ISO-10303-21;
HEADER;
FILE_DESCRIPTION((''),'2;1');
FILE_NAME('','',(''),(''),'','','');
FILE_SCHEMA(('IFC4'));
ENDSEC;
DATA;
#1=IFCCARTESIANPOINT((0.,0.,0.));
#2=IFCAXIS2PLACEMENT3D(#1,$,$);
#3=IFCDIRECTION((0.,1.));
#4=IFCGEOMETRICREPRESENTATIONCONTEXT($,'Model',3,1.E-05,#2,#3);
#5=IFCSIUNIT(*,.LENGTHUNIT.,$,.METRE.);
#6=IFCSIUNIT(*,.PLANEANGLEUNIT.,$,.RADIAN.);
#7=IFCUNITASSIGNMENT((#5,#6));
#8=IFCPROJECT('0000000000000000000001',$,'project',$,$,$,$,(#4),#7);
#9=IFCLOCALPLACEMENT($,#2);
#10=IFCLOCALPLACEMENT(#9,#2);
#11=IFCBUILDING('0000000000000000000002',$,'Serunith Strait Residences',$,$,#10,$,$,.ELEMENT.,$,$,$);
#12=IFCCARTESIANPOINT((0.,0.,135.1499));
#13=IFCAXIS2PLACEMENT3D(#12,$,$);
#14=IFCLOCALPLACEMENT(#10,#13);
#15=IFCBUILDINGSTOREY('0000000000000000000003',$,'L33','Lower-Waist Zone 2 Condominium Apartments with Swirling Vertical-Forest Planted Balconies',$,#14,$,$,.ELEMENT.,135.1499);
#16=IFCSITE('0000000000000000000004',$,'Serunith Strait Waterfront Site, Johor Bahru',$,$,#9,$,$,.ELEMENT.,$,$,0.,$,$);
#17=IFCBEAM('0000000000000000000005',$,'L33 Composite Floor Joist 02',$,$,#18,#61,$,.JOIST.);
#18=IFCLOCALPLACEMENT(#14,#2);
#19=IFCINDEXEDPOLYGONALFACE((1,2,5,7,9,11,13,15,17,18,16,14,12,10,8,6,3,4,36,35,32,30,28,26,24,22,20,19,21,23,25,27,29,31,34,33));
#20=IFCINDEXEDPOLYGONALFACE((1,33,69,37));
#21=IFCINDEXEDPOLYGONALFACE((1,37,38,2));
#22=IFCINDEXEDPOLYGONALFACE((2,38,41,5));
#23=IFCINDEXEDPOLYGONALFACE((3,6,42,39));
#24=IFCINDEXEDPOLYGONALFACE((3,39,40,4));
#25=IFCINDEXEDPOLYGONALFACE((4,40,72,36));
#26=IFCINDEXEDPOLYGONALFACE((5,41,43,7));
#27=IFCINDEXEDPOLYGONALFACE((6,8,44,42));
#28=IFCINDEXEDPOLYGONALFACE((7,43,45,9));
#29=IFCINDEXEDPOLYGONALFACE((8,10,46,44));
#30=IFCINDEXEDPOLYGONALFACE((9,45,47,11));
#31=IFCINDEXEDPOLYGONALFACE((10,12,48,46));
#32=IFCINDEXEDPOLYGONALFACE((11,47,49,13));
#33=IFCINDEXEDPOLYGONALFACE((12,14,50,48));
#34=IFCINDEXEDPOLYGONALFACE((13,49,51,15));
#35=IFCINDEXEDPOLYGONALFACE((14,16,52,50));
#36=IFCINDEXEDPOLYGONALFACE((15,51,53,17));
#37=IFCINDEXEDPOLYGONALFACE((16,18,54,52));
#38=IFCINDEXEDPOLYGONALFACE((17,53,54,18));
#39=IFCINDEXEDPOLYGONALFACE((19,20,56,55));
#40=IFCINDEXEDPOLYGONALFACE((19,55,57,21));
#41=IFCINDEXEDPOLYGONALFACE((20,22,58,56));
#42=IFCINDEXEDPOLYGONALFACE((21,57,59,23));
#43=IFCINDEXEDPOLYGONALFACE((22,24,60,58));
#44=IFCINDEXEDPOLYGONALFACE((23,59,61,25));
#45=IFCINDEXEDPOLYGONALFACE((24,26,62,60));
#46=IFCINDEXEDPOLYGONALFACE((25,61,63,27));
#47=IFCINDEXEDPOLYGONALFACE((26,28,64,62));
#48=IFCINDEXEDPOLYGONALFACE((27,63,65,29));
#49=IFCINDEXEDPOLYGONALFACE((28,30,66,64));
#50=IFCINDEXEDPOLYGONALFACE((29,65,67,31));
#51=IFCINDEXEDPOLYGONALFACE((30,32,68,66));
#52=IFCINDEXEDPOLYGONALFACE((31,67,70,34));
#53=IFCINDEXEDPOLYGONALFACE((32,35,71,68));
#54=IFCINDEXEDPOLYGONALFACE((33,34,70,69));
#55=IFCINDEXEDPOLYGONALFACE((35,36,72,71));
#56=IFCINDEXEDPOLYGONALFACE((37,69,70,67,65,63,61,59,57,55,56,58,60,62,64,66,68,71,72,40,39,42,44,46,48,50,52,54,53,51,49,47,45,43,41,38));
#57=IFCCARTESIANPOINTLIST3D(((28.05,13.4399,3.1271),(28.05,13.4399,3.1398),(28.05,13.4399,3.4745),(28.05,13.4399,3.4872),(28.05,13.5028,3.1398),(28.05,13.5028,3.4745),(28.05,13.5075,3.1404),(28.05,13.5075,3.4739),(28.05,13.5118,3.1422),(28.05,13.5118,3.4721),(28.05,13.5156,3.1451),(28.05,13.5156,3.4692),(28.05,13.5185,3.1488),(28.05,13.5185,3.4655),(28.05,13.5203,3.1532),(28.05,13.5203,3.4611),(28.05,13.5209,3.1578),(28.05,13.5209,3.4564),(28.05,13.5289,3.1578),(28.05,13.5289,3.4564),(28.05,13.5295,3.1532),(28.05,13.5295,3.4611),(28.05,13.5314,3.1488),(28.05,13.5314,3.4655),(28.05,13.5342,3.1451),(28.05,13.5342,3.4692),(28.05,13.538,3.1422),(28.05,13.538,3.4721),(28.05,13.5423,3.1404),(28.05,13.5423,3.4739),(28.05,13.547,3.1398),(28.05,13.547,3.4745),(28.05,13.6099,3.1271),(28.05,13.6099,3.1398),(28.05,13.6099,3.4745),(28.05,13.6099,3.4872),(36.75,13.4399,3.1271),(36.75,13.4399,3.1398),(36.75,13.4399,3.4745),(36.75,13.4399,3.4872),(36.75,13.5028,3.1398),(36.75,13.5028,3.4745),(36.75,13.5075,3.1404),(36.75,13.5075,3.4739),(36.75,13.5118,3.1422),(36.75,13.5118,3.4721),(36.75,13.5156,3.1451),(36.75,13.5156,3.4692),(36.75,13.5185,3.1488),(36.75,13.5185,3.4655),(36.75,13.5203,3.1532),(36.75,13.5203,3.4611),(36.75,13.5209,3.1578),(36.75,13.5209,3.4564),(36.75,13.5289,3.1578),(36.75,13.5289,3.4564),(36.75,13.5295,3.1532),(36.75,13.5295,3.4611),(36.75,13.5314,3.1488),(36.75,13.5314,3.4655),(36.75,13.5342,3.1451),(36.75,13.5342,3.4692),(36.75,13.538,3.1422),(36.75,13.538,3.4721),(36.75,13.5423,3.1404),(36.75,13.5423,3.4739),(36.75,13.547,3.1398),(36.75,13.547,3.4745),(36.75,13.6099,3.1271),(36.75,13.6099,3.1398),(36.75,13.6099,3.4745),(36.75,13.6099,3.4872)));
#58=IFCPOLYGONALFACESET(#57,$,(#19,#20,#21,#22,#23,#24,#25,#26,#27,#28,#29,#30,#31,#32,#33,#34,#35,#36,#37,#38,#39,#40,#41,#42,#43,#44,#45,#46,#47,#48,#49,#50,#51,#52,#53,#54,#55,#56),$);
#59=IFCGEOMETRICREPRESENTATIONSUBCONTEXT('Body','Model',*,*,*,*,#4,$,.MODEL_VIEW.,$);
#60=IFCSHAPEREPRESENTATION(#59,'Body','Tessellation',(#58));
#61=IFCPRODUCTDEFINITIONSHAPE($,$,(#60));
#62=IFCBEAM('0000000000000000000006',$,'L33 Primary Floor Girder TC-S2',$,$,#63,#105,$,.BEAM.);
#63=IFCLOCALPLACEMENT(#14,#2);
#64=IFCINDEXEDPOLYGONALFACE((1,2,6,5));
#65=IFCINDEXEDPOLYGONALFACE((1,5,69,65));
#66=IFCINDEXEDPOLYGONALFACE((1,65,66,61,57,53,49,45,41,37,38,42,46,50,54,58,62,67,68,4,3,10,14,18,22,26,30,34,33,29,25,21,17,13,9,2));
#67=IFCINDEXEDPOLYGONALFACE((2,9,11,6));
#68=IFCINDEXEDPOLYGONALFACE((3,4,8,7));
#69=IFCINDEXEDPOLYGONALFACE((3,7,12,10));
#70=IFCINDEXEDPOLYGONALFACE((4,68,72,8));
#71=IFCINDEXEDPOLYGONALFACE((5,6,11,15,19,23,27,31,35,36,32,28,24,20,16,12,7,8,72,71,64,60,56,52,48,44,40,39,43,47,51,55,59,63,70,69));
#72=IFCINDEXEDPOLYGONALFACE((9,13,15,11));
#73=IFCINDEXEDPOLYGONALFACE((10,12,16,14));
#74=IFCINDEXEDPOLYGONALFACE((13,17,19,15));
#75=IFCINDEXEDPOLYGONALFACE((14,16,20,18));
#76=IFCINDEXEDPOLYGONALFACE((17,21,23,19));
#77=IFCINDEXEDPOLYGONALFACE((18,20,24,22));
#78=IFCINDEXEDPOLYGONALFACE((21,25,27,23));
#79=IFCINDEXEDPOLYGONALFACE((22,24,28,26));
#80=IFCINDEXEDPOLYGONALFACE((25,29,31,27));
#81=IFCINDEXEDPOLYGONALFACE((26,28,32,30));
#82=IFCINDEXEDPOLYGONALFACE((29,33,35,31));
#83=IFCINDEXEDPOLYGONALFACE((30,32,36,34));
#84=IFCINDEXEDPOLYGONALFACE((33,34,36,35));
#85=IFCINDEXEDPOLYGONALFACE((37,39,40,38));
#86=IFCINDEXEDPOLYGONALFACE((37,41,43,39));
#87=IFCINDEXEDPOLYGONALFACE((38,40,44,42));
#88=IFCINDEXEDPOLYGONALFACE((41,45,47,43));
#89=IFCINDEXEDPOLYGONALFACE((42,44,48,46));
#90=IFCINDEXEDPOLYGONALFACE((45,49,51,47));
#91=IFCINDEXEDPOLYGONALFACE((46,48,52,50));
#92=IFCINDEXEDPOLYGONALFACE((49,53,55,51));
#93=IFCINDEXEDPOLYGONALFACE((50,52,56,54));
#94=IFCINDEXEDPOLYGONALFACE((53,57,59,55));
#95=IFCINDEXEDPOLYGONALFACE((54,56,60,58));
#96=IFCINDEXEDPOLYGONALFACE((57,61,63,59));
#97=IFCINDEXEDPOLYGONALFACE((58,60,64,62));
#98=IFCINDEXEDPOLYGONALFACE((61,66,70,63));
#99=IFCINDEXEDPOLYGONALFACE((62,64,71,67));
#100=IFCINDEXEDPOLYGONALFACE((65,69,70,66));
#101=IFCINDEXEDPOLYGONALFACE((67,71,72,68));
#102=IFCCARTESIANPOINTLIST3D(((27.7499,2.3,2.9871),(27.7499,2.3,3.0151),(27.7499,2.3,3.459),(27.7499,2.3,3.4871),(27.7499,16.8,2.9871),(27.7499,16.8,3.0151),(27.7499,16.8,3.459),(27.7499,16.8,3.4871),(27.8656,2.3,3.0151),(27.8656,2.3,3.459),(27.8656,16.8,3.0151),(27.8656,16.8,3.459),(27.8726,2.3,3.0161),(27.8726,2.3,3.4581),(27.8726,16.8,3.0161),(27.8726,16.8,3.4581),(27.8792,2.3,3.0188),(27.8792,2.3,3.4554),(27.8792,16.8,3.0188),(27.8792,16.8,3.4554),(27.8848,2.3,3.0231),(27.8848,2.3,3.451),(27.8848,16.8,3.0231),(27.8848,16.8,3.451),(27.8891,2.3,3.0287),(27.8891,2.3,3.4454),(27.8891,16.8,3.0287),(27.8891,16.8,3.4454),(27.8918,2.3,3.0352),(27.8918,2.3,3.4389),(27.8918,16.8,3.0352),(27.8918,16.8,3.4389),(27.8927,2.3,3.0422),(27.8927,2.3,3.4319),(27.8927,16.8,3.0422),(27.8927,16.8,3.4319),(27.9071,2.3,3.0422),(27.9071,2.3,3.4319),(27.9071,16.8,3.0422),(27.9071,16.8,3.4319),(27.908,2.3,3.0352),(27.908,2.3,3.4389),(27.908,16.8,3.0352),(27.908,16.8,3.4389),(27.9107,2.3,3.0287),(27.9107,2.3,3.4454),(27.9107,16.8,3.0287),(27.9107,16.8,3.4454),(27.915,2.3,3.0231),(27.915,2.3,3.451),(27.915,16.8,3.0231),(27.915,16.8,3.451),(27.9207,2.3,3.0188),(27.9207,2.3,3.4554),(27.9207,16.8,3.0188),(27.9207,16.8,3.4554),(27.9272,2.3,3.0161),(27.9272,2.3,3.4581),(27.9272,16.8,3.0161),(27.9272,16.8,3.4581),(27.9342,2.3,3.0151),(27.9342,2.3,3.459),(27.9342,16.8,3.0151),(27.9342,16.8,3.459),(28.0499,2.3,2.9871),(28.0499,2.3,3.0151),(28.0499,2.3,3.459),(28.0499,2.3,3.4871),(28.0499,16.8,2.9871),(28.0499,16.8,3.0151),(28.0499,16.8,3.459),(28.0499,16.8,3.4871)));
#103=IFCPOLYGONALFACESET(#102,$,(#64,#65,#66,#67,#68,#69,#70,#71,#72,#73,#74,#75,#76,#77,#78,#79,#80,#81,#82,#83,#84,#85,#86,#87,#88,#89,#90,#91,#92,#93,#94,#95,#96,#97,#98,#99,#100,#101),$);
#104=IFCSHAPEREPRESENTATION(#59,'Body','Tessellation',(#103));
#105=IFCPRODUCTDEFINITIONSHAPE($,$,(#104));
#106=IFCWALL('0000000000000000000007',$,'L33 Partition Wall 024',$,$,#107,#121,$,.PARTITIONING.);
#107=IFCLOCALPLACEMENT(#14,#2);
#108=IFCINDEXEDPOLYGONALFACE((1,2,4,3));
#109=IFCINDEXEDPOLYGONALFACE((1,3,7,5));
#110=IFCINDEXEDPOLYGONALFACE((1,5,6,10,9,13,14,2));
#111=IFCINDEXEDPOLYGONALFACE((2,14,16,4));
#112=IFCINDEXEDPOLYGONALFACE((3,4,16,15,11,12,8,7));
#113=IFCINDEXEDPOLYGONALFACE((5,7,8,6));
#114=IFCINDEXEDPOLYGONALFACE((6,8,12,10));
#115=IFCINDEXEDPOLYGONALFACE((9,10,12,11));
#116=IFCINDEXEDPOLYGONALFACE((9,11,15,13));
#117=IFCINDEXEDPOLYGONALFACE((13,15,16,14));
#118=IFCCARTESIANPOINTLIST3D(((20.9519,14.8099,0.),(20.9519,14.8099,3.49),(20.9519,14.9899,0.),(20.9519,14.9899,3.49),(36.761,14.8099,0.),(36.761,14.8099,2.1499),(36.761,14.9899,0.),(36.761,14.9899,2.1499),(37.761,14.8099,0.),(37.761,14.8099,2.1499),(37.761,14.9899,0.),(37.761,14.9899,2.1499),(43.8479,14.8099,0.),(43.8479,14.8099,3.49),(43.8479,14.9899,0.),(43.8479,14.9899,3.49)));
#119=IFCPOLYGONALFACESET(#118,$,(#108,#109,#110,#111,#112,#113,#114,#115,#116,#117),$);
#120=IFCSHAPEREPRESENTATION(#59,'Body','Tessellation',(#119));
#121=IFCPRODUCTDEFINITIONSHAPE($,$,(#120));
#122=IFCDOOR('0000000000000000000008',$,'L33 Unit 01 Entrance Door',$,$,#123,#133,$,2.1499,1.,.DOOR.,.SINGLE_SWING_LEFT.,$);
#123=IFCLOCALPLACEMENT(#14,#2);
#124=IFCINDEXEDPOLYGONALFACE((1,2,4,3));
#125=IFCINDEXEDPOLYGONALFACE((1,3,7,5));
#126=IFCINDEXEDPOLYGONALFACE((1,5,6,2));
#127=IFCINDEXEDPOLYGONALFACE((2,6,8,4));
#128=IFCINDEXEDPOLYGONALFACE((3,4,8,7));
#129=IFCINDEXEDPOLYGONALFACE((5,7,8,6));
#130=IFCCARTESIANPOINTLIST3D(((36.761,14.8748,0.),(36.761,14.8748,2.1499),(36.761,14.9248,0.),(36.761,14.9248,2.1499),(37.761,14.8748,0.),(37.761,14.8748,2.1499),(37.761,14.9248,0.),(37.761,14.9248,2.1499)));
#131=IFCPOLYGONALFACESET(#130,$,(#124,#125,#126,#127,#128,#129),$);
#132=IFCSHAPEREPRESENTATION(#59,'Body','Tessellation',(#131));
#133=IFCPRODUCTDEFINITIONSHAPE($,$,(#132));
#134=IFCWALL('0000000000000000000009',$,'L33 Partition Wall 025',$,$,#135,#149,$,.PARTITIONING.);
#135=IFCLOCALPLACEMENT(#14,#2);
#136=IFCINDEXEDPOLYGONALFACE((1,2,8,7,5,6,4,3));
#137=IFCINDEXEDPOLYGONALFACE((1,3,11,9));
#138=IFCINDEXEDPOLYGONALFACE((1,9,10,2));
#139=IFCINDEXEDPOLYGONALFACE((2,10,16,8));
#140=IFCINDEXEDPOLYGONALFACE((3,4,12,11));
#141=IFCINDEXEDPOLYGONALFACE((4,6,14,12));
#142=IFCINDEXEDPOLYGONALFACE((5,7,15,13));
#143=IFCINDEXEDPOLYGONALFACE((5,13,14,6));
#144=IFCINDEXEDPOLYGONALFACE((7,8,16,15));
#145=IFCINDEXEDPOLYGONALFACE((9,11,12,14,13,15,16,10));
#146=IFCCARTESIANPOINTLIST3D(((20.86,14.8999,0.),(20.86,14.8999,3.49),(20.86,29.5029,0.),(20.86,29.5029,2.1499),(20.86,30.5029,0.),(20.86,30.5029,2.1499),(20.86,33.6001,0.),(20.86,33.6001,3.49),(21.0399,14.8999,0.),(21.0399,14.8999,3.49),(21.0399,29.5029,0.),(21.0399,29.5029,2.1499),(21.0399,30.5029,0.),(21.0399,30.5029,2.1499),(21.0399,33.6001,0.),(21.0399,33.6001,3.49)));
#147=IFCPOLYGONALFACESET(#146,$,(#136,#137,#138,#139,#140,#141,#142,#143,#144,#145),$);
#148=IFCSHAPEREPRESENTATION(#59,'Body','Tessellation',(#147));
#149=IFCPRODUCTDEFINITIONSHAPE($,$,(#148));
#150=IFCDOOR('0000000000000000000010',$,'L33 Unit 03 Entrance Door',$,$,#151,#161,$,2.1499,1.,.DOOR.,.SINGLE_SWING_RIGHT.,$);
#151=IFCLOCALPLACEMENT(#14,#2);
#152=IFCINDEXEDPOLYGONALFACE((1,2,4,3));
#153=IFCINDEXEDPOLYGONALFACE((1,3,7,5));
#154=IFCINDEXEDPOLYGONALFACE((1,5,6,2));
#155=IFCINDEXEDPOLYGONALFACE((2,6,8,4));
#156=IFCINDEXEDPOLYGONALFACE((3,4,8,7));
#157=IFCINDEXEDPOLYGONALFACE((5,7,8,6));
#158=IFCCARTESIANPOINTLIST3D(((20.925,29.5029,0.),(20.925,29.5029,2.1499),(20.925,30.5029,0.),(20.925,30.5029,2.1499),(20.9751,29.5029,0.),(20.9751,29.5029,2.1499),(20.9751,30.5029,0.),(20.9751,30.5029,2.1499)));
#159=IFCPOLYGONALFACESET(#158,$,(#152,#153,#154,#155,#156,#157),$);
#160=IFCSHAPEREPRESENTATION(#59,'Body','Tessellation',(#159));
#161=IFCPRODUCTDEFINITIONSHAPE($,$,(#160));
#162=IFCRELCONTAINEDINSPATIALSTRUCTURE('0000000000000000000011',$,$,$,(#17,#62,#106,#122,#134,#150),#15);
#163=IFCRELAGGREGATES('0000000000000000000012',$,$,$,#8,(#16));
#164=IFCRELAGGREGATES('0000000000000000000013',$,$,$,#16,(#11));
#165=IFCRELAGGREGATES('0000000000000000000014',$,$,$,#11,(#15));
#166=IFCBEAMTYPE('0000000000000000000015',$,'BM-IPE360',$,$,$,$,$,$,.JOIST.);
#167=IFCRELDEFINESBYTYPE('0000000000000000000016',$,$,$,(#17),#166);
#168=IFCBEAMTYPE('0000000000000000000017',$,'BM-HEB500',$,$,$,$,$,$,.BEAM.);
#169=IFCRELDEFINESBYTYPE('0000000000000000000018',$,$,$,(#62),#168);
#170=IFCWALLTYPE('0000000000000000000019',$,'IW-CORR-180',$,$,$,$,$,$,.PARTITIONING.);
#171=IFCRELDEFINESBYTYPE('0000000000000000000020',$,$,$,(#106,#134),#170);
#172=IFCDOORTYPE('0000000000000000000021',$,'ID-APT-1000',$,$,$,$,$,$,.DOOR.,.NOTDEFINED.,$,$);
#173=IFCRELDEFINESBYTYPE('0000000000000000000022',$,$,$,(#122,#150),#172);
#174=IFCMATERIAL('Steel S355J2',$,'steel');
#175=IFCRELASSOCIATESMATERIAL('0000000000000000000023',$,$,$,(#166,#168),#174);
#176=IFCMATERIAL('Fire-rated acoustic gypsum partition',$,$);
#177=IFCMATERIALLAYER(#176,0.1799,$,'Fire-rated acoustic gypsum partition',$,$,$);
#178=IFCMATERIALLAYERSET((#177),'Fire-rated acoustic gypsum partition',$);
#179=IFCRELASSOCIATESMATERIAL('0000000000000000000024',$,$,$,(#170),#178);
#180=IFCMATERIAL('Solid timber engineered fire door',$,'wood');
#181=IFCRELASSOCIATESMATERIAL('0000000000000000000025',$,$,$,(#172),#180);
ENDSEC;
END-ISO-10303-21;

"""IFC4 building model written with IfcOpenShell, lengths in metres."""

from ifc_helpers import new_model, si_unit, direction, frame, frame_2d, origin, origin_2d, place, context, subcontext, project, spatial, rectangle, i_section, extrude, source, transform, mapped, material, layer, layer_set, material_profile, profile_set, type_object, element, fill, save


model = new_model("IFC4")

# Units and contexts
model_context = context("Model", 3, precision=1e-05, world=origin(), true_north=direction((0.0, 1.0)))
body_context = subcontext(model_context, "Body", "Model", "MODEL_VIEW")
ifc_project = project(units=[si_unit("LENGTHUNIT", "METRE"), si_unit("PLANEANGLEUNIT", "RADIAN")], contexts=[model_context])

# Site, building, storey
site_placement = place(None, origin())
site = spatial("IfcSite", under=ifc_project, at=site_placement, Name="Serunith Strait Waterfront Site, Johor Bahru", CompositionType="ELEMENT", RefElevation=0.0)
building_placement = place(site_placement, origin())
building = spatial("IfcBuilding", under=site, at=building_placement, Name="Serunith Strait Residences", CompositionType="ELEMENT")
storey_placement = place(building_placement, frame((0.0, 0.0, 135.1499)))
storey = spatial("IfcBuildingStorey", under=building, at=storey_placement, Name="L33", Description="Lower-Waist Zone 2 Condominium Apartments with Swirling Vertical-Forest Planted Balconies", CompositionType="ELEMENT", Elevation=135.1499)

# Beams
ifc_material_1 = material(Name="Steel S355J2", Category="steel")
ifc_material_profile_1 = material_profile(ifc_material_1, i_section(OverallWidth=0.1699, OverallDepth=0.3601, WebThickness=0.0081, FlangeThickness=0.0127, FilletRadius=0.0181, at=origin_2d()), Name="IPE 360")
ifc_profile_set_1 = profile_set([ifc_material_profile_1], Name="Steel S355J2")
beam_type_1 = type_object("IfcBeamType", Name="BM-IPE360", PredefinedType="JOIST", material=ifc_profile_set_1)
shared_shape_1 = source(origin(), body_context, "Body", "SweptSolid", [
    extrude(i_section(OverallWidth=0.1699, OverallDepth=0.3601, WebThickness=0.0081, FlangeThickness=0.0127, FilletRadius=0.0181, at=origin_2d()), origin(), (0.0, 0.0, 1.0), 8.7),
])
beam_1_placement = place(storey_placement, frame((28.05, 13.5249, 3.3071), z_axis=(1.0, 0.0, 0.0), x_axis=(0.0, 1.0, 0.0)))
element("IfcBeam", 1, at=beam_1_placement, inside=storey, type_object=beam_type_1, Name="L33 Composite Floor Joist 02", PredefinedType="JOIST", context=body_context, shape_type="MappedRepresentation", body=[
    mapped(shared_shape_1, transform((0.0, 0.0, 0.0), scale=1.0)),
])
ifc_material_profile_2 = material_profile(ifc_material_1, i_section(OverallWidth=0.3, OverallDepth=0.5, WebThickness=0.0144, FlangeThickness=0.0281, FilletRadius=0.0271, at=origin_2d()), Name="HEB 500")
ifc_profile_set_2 = profile_set([ifc_material_profile_2], Name="Steel S355J2")
beam_type_2 = type_object("IfcBeamType", Name="BM-HEB500", PredefinedType="BEAM", material=ifc_profile_set_2)
shared_shape_2 = source(origin(), body_context, "Body", "SweptSolid", [
    extrude(i_section(OverallWidth=0.3, OverallDepth=0.5, WebThickness=0.0144, FlangeThickness=0.0281, FilletRadius=0.0271, at=origin_2d()), origin(), (0.0, 0.0, 1.0), 14.5),
])
beam_2_placement = place(storey_placement, frame((27.8999, 16.8, 3.2371), z_axis=(0.0, -1.0, 0.0), x_axis=(1.0, 0.0, 0.0)))
element("IfcBeam", 2, at=beam_2_placement, inside=storey, type_object=beam_type_2, Name="L33 Primary Floor Girder TC-S2", PredefinedType="BEAM", context=body_context, shape_type="MappedRepresentation", body=[
    mapped(shared_shape_2, transform((0.0, 0.0, 0.0), scale=1.0)),
])

# Walls, openings, doors
ifc_material_2 = material(Name="Fire-rated acoustic gypsum partition")
ifc_layer_1 = layer(ifc_material_2, 0.1799, Name="Fire-rated acoustic gypsum partition")
ifc_layer_set_1 = layer_set([ifc_layer_1], Name="Fire-rated acoustic gypsum partition")
wall_type_1 = type_object("IfcWallType", Name="IW-CORR-180", PredefinedType="PARTITIONING", material=ifc_layer_set_1)
wall_1_placement = place(storey_placement, frame((20.9519, 14.8999, 0.0), z_axis=(0.0, 0.0, 1.0), x_axis=(1.0, 0.0, 0.0)))
wall_1 = element("IfcWall", 3, at=wall_1_placement, inside=storey, type_object=wall_type_1, Name="L33 Partition Wall 024", PredefinedType="PARTITIONING", context=body_context, shape_type="SweptSolid", body=[
    extrude(rectangle(XDim=22.896, YDim=0.1799, at=frame_2d((11.448, 0.0))), origin(), (0.0, 0.0, 1.0), 3.49),
])
opening_1_placement = place(wall_1_placement, frame((15.8091, 0.0, 0.0)))
opening_1 = element("IfcOpeningElement", 4, at=opening_1_placement, cuts=wall_1, PredefinedType="OPENING", context=body_context, shape_type="SweptSolid", body=[
    extrude(rectangle(XDim=1.0, YDim=2.1499, at=frame_2d((0.5, 1.075))), frame((0.0, 0.1001, 0.0), z_axis=(0.0, -1.0, 0.0), x_axis=(1.0, 0.0, 0.0)), (0.0, 0.0, 1.0), 0.2),
])
ifc_material_3 = material(Name="Solid timber engineered fire door", Category="wood")
door_type_1 = type_object("IfcDoorType", Name="ID-APT-1000", OperationType="NOTDEFINED", PredefinedType="DOOR", material=ifc_material_3)
shared_shape_3 = source(origin(), body_context, "Body", "SweptSolid", [
    extrude(rectangle(XDim=1.0, YDim=2.1499, at=frame_2d((0.5, 1.075))), frame((0.0, 0.0249, 0.0), z_axis=(0.0, -1.0, 0.0), x_axis=(1.0, 0.0, 0.0)), (0.0, 0.0, 1.0), 0.05),
])
door_1_placement = place(opening_1_placement, origin())
door_1 = element("IfcDoor", 5, at=door_1_placement, inside=storey, type_object=door_type_1, Name="L33 Unit 01 Entrance Door", OperationType="SINGLE_SWING_LEFT", OverallHeight=2.1499, OverallWidth=1.0, PredefinedType="DOOR", context=body_context, shape_type="MappedRepresentation", body=[
    mapped(shared_shape_3, transform((0.0, 0.0, 0.0), scale=1.0)),
])
fill(opening_1, door_1)
wall_2_placement = place(storey_placement, frame((20.95, 14.8999, 0.0), z_axis=(0.0, 0.0, 1.0), x_axis=(0.0, 1.0, 0.0)))
wall_2 = element("IfcWall", 6, at=wall_2_placement, inside=storey, type_object=wall_type_1, Name="L33 Partition Wall 025", PredefinedType="PARTITIONING", context=body_context, shape_type="SweptSolid", body=[
    extrude(rectangle(XDim=18.7002, YDim=0.1799, at=frame_2d((9.3501, 0.0))), origin(), (0.0, 0.0, 1.0), 3.49),
])
opening_2_placement = place(wall_2_placement, frame((14.603, 0.0, 0.0)))
opening_2 = element("IfcOpeningElement", 7, at=opening_2_placement, cuts=wall_2, PredefinedType="OPENING", context=body_context, shape_type="SweptSolid", body=[
    extrude(rectangle(XDim=1.0, YDim=2.1499, at=frame_2d((0.5, 1.075))), frame((0.0, 0.1001, 0.0), z_axis=(0.0, -1.0, 0.0), x_axis=(1.0, 0.0, 0.0)), (0.0, 0.0, 1.0), 0.2),
])
door_2_placement = place(opening_2_placement, origin())
door_2 = element("IfcDoor", 8, at=door_2_placement, inside=storey, type_object=door_type_1, Name="L33 Unit 03 Entrance Door", OperationType="SINGLE_SWING_RIGHT", OverallHeight=2.1499, OverallWidth=1.0, PredefinedType="DOOR", context=body_context, shape_type="MappedRepresentation", body=[
    mapped(shared_shape_3, transform((0.0, 0.0, 0.0), scale=1.0)),
])
fill(opening_2, door_2)

save(model, "model.ifc")
